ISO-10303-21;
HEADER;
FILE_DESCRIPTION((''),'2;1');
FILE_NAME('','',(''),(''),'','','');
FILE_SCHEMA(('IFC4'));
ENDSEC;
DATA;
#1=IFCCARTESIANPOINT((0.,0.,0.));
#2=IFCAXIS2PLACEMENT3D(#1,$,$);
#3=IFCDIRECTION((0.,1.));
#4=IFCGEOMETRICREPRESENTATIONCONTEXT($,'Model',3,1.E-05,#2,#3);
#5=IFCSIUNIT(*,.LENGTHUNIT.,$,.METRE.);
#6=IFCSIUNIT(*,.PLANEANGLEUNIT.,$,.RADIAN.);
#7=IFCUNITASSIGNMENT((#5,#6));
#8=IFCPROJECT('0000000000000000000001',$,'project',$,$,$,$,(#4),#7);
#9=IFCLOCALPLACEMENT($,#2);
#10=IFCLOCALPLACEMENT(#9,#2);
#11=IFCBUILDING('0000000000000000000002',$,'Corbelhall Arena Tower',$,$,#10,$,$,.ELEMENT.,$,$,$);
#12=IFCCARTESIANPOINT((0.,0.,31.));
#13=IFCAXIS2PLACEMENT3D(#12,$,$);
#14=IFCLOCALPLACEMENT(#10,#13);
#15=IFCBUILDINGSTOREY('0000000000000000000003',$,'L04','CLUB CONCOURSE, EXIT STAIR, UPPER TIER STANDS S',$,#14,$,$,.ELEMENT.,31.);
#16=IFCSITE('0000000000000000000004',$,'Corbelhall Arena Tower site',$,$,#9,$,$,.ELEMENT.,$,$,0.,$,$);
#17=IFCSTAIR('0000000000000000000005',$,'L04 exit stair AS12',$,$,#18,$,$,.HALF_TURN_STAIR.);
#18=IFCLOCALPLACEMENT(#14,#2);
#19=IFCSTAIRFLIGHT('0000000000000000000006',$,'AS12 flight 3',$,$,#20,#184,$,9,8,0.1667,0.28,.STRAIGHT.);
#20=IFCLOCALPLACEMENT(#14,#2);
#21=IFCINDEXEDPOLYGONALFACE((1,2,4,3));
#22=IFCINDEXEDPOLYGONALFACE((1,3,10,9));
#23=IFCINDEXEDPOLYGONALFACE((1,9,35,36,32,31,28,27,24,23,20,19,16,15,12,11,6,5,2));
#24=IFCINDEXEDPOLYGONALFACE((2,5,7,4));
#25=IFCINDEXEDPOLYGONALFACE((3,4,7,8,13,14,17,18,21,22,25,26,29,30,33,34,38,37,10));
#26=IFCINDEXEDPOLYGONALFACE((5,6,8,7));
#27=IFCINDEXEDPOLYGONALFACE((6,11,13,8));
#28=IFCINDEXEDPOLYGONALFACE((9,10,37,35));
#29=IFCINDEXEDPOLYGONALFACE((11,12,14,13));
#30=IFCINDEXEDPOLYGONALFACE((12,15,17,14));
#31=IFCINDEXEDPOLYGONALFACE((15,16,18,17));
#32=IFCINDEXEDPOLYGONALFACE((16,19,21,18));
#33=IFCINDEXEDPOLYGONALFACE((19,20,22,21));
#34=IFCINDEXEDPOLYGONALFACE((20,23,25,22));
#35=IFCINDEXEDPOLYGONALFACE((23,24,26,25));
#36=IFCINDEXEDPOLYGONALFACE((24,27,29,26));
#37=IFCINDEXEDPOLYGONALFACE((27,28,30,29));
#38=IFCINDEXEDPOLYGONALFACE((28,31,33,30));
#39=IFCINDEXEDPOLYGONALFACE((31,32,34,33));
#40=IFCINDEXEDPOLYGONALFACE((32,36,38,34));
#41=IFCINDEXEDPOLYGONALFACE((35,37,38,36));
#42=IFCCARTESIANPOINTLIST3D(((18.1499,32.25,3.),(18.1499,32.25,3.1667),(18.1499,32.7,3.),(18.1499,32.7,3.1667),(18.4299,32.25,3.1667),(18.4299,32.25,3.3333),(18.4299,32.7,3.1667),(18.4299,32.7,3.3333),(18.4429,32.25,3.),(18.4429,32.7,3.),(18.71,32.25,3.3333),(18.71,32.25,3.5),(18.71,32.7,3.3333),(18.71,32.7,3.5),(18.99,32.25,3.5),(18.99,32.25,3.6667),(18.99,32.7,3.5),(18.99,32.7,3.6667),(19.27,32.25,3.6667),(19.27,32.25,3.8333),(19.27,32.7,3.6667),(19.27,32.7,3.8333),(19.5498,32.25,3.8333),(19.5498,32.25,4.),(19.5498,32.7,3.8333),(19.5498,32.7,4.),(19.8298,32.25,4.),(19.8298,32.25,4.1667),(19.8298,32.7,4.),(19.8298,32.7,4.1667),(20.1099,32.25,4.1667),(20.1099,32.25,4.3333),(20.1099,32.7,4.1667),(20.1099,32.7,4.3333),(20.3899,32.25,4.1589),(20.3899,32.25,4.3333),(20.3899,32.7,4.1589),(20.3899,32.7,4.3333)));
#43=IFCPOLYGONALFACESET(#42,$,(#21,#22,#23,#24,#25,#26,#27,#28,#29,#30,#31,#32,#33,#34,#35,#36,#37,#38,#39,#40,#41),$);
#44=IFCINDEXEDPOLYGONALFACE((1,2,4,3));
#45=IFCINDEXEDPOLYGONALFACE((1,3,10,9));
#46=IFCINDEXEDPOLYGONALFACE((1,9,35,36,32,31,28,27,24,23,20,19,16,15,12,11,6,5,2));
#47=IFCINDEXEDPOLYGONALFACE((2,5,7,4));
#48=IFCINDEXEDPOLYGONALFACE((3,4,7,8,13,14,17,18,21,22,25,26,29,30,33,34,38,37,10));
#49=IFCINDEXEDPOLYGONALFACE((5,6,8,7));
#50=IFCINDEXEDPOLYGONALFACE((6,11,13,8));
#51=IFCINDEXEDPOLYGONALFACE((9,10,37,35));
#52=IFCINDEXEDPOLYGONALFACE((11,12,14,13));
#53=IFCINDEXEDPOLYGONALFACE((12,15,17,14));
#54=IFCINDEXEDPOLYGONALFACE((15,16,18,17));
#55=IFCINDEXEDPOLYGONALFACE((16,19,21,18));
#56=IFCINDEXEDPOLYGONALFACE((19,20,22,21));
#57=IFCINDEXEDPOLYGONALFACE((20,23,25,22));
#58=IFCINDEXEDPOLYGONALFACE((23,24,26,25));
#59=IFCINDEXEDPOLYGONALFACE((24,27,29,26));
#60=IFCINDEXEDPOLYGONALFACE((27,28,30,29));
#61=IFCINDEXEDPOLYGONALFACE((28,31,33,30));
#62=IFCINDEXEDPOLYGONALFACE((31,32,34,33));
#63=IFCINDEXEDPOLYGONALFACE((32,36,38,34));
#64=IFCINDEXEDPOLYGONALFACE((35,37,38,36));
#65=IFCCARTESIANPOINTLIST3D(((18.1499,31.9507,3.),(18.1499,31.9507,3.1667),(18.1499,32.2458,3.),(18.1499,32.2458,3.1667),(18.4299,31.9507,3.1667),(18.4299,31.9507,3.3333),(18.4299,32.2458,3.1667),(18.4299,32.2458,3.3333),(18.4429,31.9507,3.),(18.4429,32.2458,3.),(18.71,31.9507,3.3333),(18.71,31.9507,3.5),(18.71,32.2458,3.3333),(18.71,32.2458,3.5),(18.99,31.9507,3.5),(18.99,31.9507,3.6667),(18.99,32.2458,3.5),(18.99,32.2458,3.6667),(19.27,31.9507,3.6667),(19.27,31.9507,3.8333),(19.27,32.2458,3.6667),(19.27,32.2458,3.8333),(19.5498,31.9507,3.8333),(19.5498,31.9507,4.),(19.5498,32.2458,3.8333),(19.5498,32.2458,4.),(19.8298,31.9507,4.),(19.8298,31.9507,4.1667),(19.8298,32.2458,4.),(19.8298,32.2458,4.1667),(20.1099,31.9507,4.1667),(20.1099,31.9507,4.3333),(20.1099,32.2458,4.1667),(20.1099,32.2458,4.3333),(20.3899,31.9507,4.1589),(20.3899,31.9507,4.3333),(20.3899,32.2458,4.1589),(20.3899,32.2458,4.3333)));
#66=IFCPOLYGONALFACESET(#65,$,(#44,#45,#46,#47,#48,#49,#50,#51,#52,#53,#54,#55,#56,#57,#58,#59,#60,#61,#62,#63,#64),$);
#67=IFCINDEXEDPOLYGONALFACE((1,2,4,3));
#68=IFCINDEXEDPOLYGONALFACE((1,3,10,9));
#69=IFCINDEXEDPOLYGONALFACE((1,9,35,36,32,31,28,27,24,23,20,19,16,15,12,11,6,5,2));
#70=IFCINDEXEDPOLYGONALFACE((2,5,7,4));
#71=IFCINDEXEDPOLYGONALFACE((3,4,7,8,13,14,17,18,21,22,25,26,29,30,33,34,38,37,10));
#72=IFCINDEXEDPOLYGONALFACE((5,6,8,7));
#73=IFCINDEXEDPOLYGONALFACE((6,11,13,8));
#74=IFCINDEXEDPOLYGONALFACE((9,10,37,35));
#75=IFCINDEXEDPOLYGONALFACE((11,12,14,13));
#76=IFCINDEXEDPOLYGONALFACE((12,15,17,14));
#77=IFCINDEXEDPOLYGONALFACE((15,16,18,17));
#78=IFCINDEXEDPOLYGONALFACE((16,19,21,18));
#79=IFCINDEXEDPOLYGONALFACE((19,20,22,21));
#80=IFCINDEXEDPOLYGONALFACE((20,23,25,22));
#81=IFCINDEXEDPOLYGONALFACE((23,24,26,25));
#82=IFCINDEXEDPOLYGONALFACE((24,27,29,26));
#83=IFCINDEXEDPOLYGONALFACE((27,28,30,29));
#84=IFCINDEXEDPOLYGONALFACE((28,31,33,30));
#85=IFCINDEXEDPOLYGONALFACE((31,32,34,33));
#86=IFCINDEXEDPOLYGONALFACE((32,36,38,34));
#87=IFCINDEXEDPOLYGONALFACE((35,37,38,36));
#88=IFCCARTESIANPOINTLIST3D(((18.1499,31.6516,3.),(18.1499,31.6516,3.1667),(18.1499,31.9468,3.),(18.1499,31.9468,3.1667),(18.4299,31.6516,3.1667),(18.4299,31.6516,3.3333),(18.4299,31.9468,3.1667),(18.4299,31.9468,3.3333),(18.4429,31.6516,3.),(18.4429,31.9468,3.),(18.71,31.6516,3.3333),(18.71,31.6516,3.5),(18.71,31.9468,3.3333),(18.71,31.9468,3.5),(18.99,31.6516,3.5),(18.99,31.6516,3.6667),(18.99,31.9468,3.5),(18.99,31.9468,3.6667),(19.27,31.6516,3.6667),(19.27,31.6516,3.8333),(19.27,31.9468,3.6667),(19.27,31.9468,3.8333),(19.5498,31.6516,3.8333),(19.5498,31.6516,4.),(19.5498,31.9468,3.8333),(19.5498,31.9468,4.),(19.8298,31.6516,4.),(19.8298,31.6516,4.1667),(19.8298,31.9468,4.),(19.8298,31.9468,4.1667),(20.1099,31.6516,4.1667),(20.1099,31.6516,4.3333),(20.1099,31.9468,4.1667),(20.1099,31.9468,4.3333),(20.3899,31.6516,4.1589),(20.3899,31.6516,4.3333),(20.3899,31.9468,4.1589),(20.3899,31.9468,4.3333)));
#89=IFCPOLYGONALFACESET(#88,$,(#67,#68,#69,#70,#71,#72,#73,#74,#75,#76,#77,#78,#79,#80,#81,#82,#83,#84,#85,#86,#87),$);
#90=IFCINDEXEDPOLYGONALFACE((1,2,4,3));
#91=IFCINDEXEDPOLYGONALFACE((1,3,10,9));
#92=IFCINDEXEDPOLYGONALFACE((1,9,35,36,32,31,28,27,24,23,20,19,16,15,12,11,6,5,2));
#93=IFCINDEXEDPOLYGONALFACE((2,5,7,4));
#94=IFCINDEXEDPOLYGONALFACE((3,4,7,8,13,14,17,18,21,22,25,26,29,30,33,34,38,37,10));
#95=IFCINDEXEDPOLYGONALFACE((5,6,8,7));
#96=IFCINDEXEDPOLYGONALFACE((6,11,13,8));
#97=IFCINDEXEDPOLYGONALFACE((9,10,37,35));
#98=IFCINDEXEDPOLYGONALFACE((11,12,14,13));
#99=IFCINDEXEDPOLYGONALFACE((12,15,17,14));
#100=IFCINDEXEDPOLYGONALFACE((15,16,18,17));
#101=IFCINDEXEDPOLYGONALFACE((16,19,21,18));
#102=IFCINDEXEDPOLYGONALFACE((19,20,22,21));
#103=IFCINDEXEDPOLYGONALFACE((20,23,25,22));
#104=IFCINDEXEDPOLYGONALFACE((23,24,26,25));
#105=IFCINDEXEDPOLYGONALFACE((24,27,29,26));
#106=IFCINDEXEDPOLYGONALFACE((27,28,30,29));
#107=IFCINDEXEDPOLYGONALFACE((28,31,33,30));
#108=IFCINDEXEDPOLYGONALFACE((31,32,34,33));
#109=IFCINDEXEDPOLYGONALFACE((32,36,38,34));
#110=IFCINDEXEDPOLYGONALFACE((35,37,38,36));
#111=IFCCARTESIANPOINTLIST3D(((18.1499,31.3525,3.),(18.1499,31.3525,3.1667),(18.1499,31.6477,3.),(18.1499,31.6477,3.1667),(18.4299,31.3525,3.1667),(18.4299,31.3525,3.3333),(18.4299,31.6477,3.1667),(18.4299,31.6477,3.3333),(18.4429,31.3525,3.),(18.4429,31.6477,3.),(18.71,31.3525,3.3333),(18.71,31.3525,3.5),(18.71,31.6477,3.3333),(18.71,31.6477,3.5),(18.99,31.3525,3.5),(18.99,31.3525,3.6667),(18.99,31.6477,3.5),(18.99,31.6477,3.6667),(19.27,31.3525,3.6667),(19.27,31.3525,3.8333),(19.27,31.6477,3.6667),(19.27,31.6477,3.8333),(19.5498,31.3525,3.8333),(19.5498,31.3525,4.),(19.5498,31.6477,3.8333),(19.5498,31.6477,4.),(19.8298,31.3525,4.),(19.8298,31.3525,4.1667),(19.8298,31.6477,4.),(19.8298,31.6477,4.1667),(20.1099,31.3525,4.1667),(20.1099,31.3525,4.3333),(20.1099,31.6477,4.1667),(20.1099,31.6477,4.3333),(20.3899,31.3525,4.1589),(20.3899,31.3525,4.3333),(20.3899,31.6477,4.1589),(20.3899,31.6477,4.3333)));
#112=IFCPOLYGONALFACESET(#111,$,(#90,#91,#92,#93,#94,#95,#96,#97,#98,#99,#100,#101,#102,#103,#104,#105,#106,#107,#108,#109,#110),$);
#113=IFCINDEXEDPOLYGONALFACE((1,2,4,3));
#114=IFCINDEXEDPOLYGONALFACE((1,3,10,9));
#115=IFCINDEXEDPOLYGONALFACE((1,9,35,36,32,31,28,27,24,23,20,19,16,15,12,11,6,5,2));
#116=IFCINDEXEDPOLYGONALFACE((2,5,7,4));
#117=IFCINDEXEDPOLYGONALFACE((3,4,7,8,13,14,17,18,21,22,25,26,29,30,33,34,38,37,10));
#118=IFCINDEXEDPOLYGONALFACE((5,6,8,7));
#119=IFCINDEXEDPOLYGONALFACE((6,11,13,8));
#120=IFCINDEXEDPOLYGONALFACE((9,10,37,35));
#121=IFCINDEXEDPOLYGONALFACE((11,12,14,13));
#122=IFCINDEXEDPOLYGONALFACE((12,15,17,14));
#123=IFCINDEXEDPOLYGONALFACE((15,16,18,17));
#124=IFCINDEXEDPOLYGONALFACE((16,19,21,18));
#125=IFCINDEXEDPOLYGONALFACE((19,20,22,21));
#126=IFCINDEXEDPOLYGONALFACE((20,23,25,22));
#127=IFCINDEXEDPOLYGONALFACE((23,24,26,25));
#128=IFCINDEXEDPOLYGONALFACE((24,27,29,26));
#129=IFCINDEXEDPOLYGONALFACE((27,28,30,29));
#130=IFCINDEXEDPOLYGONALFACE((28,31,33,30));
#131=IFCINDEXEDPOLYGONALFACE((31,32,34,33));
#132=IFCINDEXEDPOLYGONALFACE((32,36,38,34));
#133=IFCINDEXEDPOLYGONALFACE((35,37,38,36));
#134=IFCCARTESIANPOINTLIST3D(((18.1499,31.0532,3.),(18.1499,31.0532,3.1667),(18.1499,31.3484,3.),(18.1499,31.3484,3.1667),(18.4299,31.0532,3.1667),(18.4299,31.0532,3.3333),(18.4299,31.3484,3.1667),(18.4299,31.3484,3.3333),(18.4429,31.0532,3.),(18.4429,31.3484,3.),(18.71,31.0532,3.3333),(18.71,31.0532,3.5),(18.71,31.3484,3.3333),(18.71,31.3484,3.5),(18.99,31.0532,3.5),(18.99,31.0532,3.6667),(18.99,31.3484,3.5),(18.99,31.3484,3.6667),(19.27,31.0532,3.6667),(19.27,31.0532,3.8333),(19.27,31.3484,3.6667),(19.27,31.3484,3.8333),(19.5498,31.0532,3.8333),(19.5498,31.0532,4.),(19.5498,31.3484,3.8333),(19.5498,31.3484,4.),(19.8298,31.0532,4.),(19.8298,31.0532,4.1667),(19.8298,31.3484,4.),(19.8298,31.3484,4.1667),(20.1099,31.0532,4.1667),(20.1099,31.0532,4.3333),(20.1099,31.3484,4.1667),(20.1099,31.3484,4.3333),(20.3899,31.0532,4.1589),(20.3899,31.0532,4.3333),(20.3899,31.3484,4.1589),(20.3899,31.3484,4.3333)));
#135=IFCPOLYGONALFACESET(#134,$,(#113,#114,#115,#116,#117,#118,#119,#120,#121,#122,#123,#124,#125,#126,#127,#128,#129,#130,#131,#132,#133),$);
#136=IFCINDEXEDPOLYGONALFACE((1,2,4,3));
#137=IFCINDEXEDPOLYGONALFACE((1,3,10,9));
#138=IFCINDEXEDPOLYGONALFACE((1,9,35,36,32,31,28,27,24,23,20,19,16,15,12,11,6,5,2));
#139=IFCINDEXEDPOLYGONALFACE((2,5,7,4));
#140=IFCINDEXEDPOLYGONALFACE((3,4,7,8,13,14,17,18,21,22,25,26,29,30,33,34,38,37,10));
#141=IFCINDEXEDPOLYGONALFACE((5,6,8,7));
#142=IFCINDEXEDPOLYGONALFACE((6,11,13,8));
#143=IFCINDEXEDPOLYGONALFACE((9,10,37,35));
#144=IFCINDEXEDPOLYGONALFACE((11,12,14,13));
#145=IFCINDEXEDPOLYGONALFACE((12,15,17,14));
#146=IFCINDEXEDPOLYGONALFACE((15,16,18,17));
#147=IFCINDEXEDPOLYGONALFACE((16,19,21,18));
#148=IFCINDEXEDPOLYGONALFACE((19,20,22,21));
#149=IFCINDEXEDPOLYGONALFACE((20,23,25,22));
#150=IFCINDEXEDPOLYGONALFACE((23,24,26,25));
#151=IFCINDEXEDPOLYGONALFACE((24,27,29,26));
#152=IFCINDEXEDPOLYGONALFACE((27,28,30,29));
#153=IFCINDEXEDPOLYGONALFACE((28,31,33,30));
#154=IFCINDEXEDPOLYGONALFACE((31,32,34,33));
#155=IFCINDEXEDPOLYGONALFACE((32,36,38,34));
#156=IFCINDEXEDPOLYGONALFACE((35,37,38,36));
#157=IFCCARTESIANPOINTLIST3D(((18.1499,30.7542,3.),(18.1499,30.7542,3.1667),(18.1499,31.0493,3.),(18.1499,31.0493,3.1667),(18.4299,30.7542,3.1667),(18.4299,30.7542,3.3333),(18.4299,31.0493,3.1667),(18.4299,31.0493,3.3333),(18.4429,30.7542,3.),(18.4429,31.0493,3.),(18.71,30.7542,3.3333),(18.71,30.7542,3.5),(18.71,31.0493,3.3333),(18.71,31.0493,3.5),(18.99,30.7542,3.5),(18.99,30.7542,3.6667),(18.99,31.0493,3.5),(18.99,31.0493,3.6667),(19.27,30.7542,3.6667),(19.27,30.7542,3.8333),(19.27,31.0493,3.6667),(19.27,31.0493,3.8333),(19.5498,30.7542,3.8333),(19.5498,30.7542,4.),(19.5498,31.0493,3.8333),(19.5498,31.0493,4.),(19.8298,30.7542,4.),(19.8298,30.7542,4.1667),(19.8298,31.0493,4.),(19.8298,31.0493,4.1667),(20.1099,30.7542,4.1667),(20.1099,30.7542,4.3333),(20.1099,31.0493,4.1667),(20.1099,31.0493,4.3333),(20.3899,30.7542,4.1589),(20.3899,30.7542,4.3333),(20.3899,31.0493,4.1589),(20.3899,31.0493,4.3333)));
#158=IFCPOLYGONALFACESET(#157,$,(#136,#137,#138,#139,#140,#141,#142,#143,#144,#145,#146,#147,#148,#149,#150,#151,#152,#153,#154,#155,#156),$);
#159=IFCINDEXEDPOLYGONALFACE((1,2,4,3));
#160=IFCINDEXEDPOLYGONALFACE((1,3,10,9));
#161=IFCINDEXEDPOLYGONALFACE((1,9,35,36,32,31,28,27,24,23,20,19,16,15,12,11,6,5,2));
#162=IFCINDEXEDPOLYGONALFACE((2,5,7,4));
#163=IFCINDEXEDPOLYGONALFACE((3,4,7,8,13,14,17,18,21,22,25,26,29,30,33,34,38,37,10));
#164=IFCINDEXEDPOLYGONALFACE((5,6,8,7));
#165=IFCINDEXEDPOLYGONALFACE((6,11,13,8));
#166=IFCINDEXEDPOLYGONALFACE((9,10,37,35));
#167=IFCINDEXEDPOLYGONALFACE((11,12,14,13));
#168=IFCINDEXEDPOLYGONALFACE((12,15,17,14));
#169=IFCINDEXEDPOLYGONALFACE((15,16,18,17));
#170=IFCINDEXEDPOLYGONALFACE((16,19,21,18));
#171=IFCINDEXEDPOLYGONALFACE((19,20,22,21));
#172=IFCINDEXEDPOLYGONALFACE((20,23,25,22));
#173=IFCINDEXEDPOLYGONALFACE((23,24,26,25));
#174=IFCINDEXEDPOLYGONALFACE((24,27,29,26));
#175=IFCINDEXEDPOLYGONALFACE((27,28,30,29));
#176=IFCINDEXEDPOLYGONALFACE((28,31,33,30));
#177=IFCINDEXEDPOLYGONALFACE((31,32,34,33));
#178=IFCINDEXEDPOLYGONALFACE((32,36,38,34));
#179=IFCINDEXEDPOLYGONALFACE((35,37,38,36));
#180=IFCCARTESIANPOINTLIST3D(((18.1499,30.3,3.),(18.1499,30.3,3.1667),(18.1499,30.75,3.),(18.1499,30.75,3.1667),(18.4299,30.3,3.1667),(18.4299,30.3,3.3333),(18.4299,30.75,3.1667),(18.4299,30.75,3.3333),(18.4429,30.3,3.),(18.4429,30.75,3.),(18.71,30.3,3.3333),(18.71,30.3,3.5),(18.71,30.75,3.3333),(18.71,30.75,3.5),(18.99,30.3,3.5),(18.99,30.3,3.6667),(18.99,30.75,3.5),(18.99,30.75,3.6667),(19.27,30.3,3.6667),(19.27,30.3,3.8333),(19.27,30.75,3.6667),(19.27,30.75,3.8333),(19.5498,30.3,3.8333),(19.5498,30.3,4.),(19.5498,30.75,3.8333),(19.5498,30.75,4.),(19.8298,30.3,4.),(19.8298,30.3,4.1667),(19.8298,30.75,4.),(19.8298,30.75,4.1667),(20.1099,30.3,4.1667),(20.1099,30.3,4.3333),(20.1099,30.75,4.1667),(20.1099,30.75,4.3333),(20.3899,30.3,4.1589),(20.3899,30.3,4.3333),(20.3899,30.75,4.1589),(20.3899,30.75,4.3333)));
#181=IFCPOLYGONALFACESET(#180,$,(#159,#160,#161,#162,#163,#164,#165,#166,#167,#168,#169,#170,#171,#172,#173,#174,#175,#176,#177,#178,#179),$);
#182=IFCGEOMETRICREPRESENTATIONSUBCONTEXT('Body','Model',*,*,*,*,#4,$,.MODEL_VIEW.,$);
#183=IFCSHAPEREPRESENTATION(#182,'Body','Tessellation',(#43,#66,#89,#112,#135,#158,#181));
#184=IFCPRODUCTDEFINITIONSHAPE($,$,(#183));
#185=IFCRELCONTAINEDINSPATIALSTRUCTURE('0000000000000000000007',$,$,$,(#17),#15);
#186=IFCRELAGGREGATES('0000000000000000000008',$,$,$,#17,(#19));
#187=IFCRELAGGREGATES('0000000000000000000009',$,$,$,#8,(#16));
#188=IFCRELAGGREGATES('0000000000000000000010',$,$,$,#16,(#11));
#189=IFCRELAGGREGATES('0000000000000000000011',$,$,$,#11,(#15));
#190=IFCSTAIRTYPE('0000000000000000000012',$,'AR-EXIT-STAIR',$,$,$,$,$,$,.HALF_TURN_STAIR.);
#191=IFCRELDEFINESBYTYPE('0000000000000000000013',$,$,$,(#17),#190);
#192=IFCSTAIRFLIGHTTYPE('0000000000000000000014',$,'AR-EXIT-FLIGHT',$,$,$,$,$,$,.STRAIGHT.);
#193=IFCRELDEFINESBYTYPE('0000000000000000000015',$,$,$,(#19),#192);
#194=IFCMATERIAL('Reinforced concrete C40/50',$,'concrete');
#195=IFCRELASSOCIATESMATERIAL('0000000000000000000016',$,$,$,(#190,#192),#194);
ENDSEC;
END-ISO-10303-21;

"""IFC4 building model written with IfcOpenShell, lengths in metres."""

from ifc_helpers import new_model, si_unit, direction, frame, origin, place, context, subcontext, project, spatial, polyline, outline, extrude, material, type_object, element, aggregate, save


model = new_model("IFC4")

# Units and contexts
model_context = context("Model", 3, precision=1e-05, world=origin(), true_north=direction((0.0, 1.0)))
body_context = subcontext(model_context, "Body", "Model", "MODEL_VIEW")
ifc_project = project(units=[si_unit("LENGTHUNIT", "METRE"), si_unit("PLANEANGLEUNIT", "RADIAN")], contexts=[model_context])

# Site, building, storey
site_placement = place(None, origin())
site = spatial("IfcSite", under=ifc_project, at=site_placement, Name="Corbelhall Arena Tower site", CompositionType="ELEMENT", RefElevation=0.0)
building_placement = place(site_placement, origin())
building = spatial("IfcBuilding", under=site, at=building_placement, Name="Corbelhall Arena Tower", CompositionType="ELEMENT")
storey_placement = place(building_placement, frame((0.0, 0.0, 31.0)))
storey = spatial("IfcBuildingStorey", under=building, at=storey_placement, Name="L04", Description="CLUB CONCOURSE, EXIT STAIR, UPPER TIER STANDS S", CompositionType="ELEMENT", Elevation=31.0)

# Shared definitions
ifc_material_1 = material(Name="Reinforced concrete C40/50", Category="concrete")

# Stair, stair flight
stair_type = type_object("IfcStairType", Name="AR-EXIT-STAIR", PredefinedType="HALF_TURN_STAIR", material=ifc_material_1)
stair_flight_type = type_object("IfcStairFlightType", Name="AR-EXIT-FLIGHT", PredefinedType="STRAIGHT", material=ifc_material_1)
stair_1_placement = place(storey_placement, origin())
stair_1 = element("IfcStair", 1, at=stair_1_placement, inside=storey, type_object=stair_type, Name="L04 exit stair AS12", PredefinedType="HALF_TURN_STAIR")
stair_flight_1_placement = place(storey_placement, frame((18.1499, 31.5, 3.0), z_axis=(0.0, 0.0, 1.0), x_axis=(1.0, 0.0, 0.0)))
stair_flight_1 = element("IfcStairFlight", 2, at=stair_flight_1_placement, type_object=stair_flight_type, Name="AS12 flight 3", NumberOfRisers=9, NumberOfTreads=8, PredefinedType="STRAIGHT", RiserHeight=0.1667, TreadLength=0.28, context=body_context, shape_type="SweptSolid", body=[
    extrude(outline(polyline([(0.0, 0.0), (0.0, 0.1667), (0.28, 0.1667), (0.28, 0.3333), (0.5601, 0.3333), (0.5601, 0.5), (0.8401, 0.5), (0.8401, 0.6667), (1.1201, 0.6667), (1.1201, 0.8333), (1.3999, 0.8333), (1.3999, 1.0), (1.6799, 1.0), (1.6799, 1.1667), (1.96, 1.1667), (1.96, 1.3333), (2.24, 1.3333), (2.24, 1.5), (2.24, 1.1589), (0.293, 0.0), (0.0, 0.0)])), frame((0.0, 1.2, 0.0), z_axis=(0.0, -1.0, 0.0), x_axis=(1.0, 0.0, 0.0)), (0.0, 0.0, 1.0), 0.45),
    extrude(outline(polyline([(0.0, 0.0), (0.0, 0.1667), (0.28, 0.1667), (0.28, 0.3333), (0.5601, 0.3333), (0.5601, 0.5), (0.8401, 0.5), (0.8401, 0.6667), (1.1201, 0.6667), (1.1201, 0.8333), (1.3999, 0.8333), (1.3999, 1.0), (1.6799, 1.0), (1.6799, 1.1667), (1.96, 1.1667), (1.96, 1.3333), (2.24, 1.3333), (2.24, 1.5), (2.24, 1.1589), (0.293, 0.0), (0.0, 0.0)])), frame((0.0, 0.7458, 0.0), z_axis=(0.0, -1.0, 0.0), x_axis=(1.0, 0.0, 0.0)), (0.0, 0.0, 1.0), 0.2952),
    extrude(outline(polyline([(0.0, 0.0), (0.0, 0.1667), (0.28, 0.1667), (0.28, 0.3333), (0.5601, 0.3333), (0.5601, 0.5), (0.8401, 0.5), (0.8401, 0.6667), (1.1201, 0.6667), (1.1201, 0.8333), (1.3999, 0.8333), (1.3999, 1.0), (1.6799, 1.0), (1.6799, 1.1667), (1.96, 1.1667), (1.96, 1.3333), (2.24, 1.3333), (2.24, 1.5), (2.24, 1.1589), (0.293, 0.0), (0.0, 0.0)])), frame((0.0, 0.4468, 0.0), z_axis=(0.0, -1.0, 0.0), x_axis=(1.0, 0.0, 0.0)), (0.0, 0.0, 1.0), 0.2952),
    extrude(outline(polyline([(0.0, 0.0), (0.0, 0.1667), (0.28, 0.1667), (0.28, 0.3333), (0.5601, 0.3333), (0.5601, 0.5), (0.8401, 0.5), (0.8401, 0.6667), (1.1201, 0.6667), (1.1201, 0.8333), (1.3999, 0.8333), (1.3999, 1.0), (1.6799, 1.0), (1.6799, 1.1667), (1.96, 1.1667), (1.96, 1.3333), (2.24, 1.3333), (2.24, 1.5), (2.24, 1.1589), (0.293, 0.0), (0.0, 0.0)])), frame((0.0, 0.1477, 0.0), z_axis=(0.0, -1.0, 0.0), x_axis=(1.0, 0.0, 0.0)), (0.0, 0.0, 1.0), 0.2952),
    extrude(outline(polyline([(0.0, 0.0), (0.0, 0.1667), (0.28, 0.1667), (0.28, 0.3333), (0.5601, 0.3333), (0.5601, 0.5), (0.8401, 0.5), (0.8401, 0.6667), (1.1201, 0.6667), (1.1201, 0.8333), (1.3999, 0.8333), (1.3999, 1.0), (1.6799, 1.0), (1.6799, 1.1667), (1.96, 1.1667), (1.96, 1.3333), (2.24, 1.3333), (2.24, 1.5), (2.24, 1.1589), (0.293, 0.0), (0.0, 0.0)])), frame((0.0, -0.1516, 0.0), z_axis=(0.0, -1.0, 0.0), x_axis=(1.0, 0.0, 0.0)), (0.0, 0.0, 1.0), 0.2952),
    extrude(outline(polyline([(0.0, 0.0), (0.0, 0.1667), (0.28, 0.1667), (0.28, 0.3333), (0.5601, 0.3333), (0.5601, 0.5), (0.8401, 0.5), (0.8401, 0.6667), (1.1201, 0.6667), (1.1201, 0.8333), (1.3999, 0.8333), (1.3999, 1.0), (1.6799, 1.0), (1.6799, 1.1667), (1.96, 1.1667), (1.96, 1.3333), (2.24, 1.3333), (2.24, 1.5), (2.24, 1.1589), (0.293, 0.0), (0.0, 0.0)])), frame((0.0, -0.4507, 0.0), z_axis=(0.0, -1.0, 0.0), x_axis=(1.0, 0.0, 0.0)), (0.0, 0.0, 1.0), 0.2952),
    extrude(outline(polyline([(0.0, 0.0), (0.0, 0.1667), (0.28, 0.1667), (0.28, 0.3333), (0.5601, 0.3333), (0.5601, 0.5), (0.8401, 0.5), (0.8401, 0.6667), (1.1201, 0.6667), (1.1201, 0.8333), (1.3999, 0.8333), (1.3999, 1.0), (1.6799, 1.0), (1.6799, 1.1667), (1.96, 1.1667), (1.96, 1.3333), (2.24, 1.3333), (2.24, 1.5), (2.24, 1.1589), (0.293, 0.0), (0.0, 0.0)])), frame((0.0, -0.75, 0.0), z_axis=(0.0, -1.0, 0.0), x_axis=(1.0, 0.0, 0.0)), (0.0, 0.0, 1.0), 0.45),
])
aggregate(stair_1, [stair_flight_1])

save(model, "model.ifc")
